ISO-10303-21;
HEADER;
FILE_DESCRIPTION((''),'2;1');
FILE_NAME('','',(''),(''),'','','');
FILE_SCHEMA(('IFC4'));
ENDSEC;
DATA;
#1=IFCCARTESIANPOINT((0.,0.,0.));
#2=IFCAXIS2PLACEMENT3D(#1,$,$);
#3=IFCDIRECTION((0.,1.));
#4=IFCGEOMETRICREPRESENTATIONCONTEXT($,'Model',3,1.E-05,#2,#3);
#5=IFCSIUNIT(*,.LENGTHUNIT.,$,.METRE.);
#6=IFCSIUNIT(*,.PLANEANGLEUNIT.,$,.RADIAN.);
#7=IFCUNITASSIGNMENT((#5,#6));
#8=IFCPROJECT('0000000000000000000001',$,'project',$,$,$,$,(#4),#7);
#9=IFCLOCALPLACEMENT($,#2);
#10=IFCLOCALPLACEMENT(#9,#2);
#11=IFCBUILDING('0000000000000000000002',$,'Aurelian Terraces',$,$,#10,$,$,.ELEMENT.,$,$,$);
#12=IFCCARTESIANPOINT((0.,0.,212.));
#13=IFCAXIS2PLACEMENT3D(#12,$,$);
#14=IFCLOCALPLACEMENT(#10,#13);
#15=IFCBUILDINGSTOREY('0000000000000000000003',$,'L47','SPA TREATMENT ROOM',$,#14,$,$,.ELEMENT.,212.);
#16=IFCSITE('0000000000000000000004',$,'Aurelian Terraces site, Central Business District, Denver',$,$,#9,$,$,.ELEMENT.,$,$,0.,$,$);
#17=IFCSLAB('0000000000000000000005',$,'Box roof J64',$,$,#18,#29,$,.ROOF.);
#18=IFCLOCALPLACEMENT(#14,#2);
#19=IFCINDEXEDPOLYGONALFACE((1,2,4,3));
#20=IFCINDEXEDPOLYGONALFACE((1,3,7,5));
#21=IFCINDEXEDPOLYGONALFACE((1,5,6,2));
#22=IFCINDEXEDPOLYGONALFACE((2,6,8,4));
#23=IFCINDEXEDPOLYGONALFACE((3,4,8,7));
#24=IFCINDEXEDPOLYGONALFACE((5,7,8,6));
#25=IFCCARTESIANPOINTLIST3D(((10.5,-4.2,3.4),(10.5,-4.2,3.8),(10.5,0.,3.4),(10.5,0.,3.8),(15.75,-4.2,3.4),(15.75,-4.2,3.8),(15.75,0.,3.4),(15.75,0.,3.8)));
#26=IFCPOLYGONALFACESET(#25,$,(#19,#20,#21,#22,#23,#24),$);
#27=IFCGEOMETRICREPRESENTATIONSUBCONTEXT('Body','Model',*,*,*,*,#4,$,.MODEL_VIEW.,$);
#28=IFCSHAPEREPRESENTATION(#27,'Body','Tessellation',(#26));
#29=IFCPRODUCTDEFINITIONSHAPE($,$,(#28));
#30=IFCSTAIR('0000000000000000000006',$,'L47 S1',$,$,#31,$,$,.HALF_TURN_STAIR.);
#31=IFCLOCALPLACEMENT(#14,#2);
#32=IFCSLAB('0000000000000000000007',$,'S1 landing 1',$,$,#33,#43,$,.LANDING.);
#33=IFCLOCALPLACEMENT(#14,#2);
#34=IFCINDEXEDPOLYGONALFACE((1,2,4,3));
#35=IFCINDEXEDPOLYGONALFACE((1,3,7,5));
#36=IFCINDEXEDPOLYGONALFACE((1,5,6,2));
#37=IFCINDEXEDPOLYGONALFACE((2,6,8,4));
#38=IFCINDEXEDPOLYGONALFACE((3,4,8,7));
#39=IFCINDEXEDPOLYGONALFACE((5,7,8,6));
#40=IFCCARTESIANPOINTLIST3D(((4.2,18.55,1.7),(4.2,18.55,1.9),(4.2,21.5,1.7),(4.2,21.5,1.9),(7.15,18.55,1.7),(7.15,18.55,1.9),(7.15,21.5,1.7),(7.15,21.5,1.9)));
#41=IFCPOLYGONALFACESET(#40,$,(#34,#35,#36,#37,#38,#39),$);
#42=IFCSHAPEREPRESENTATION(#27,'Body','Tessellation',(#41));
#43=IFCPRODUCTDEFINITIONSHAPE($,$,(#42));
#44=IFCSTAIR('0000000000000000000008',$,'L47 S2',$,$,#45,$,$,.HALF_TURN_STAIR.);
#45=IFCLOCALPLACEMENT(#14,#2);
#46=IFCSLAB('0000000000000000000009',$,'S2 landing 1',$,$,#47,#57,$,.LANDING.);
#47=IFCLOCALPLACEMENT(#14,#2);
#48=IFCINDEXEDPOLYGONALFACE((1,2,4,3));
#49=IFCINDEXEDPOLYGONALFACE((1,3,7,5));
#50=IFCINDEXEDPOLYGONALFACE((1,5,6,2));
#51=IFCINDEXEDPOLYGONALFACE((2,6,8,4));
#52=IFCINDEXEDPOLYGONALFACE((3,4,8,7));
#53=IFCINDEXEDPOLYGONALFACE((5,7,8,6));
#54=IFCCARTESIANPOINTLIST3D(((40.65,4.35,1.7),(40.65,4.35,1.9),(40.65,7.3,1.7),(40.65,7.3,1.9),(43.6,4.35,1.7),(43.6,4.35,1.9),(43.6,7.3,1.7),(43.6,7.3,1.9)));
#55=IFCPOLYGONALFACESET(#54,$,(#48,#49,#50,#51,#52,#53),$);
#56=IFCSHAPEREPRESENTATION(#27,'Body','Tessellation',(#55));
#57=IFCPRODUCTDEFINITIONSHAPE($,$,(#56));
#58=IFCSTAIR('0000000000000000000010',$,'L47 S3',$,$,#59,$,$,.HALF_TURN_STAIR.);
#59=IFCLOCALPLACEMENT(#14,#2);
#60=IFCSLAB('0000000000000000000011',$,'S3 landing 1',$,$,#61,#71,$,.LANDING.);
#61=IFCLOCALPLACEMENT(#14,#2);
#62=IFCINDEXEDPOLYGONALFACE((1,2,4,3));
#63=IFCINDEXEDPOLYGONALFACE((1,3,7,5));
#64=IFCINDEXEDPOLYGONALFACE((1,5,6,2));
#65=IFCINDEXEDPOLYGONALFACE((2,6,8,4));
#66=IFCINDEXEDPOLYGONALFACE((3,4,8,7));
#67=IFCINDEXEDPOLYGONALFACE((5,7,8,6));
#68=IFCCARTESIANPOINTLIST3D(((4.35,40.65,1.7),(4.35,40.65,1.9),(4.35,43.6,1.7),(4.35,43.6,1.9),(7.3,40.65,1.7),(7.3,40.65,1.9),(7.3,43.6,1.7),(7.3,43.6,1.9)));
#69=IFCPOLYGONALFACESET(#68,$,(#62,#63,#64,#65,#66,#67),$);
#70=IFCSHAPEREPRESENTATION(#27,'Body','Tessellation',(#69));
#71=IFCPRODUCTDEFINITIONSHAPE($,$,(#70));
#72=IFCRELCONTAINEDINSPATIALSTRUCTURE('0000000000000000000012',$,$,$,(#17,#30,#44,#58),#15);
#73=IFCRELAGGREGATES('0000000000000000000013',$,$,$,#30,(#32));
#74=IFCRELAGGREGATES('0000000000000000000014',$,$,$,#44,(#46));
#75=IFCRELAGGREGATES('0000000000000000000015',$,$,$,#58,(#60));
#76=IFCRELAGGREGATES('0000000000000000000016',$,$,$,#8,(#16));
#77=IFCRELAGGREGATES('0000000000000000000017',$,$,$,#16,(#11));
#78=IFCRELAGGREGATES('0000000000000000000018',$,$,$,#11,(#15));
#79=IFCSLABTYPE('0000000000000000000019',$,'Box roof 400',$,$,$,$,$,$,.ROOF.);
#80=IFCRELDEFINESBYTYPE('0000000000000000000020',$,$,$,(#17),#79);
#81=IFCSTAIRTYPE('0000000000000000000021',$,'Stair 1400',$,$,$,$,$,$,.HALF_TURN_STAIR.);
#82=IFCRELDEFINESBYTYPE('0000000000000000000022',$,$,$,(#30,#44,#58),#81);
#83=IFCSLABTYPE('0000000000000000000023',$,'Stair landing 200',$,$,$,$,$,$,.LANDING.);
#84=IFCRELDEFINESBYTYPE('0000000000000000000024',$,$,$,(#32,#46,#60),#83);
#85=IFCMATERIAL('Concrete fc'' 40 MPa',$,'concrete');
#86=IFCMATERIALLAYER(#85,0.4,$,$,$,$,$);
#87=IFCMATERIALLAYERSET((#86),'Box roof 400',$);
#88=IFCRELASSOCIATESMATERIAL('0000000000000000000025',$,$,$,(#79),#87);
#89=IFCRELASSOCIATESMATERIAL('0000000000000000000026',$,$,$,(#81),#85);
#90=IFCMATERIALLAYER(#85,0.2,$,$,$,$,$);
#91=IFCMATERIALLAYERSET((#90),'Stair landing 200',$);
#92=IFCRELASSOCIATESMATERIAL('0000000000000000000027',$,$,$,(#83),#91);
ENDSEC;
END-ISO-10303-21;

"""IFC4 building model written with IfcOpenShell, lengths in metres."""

from ifc_helpers import new_model, si_unit, direction, frame, origin, place, context, subcontext, project, spatial, polyline, outline, extrude, source, transform, mapped, material, layer, layer_set, type_object, element, aggregate, save


model = new_model("IFC4")

# Units and contexts
model_context = context("Model", 3, precision=1e-05, world=origin(), true_north=direction((0.0, 1.0)))
body_context = subcontext(model_context, "Body", "Model", "MODEL_VIEW")
ifc_project = project(units=[si_unit("LENGTHUNIT", "METRE"), si_unit("PLANEANGLEUNIT", "RADIAN")], contexts=[model_context])

# Site, building, storey
site_placement = place(None, origin())
site = spatial("IfcSite", under=ifc_project, at=site_placement, Name="Aurelian Terraces site, Central Business District, Denver", CompositionType="ELEMENT", RefElevation=0.0)
building_placement = place(site_placement, origin())
building = spatial("IfcBuilding", under=site, at=building_placement, Name="Aurelian Terraces", CompositionType="ELEMENT")
storey_placement = place(building_placement, frame((0.0, 0.0, 212.0)))
storey = spatial("IfcBuildingStorey", under=building, at=storey_placement, Name="L47", Description="SPA TREATMENT ROOM", CompositionType="ELEMENT", Elevation=212.0)

# Slab
ifc_material = material(Name="Concrete fc' 40 MPa", Category="concrete")
ifc_layer_1 = layer(ifc_material, 0.4)
ifc_layer_set_1 = layer_set([ifc_layer_1], Name="Box roof 400")
slab_type_1 = type_object("IfcSlabType", Name="Box roof 400", PredefinedType="ROOF", material=ifc_layer_set_1)
shared_shape_1 = source(origin(), body_context, "Body", "SweptSolid", [
    extrude(outline(polyline([(10.5, -4.2), (15.75, -4.2), (15.75, 0.0), (10.5, 0.0), (10.5, -4.2)])), origin(), (0.0, 0.0, 1.0), 0.4),
])
slab_1_placement = place(storey_placement, frame((0.0, 0.0, 3.4)))
element("IfcSlab", 1, at=slab_1_placement, inside=storey, type_object=slab_type_1, Name="Box roof J64", PredefinedType="ROOF", context=body_context, shape_type="MappedRepresentation", body=[
    mapped(shared_shape_1, transform((0.0, 0.0, 0.0), scale=1.0)),
])

# Stairs, slabs
stair_type = type_object("IfcStairType", Name="Stair 1400", PredefinedType="HALF_TURN_STAIR", material=ifc_material)
stair_1_placement = place(storey_placement, origin())
stair_1 = element("IfcStair", 2, at=stair_1_placement, inside=storey, type_object=stair_type, Name="L47 S1", PredefinedType="HALF_TURN_STAIR")
ifc_layer_2 = layer(ifc_material, 0.2)
ifc_layer_set_2 = layer_set([ifc_layer_2], Name="Stair landing 200")
slab_type_2 = type_object("IfcSlabType", Name="Stair landing 200", PredefinedType="LANDING", material=ifc_layer_set_2)
shared_shape_2 = source(origin(), body_context, "Body", "SweptSolid", [
    extrude(outline(polyline([(7.15, 18.55), (7.15, 21.5), (4.2, 21.5), (4.2, 18.55), (7.15, 18.55)])), origin(), (0.0, 0.0, 1.0), 0.2),
])
slab_2_placement = place(storey_placement, frame((0.0, 0.0, 1.7)))
slab_2 = element("IfcSlab", 3, at=slab_2_placement, type_object=slab_type_2, Name="S1 landing 1", PredefinedType="LANDING", context=body_context, shape_type="MappedRepresentation", body=[
    mapped(shared_shape_2, transform((0.0, 0.0, 0.0), scale=1.0)),
])
aggregate(stair_1, [slab_2])
stair_2_placement = place(storey_placement, origin())
stair_2 = element("IfcStair", 4, at=stair_2_placement, inside=storey, type_object=stair_type, Name="L47 S2", PredefinedType="HALF_TURN_STAIR")
shared_shape_3 = source(origin(), body_context, "Body", "SweptSolid", [
    extrude(outline(polyline([(43.6, 4.35), (43.6, 7.3), (40.65, 7.3), (40.65, 4.35), (43.6, 4.35)])), origin(), (0.0, 0.0, 1.0), 0.2),
])
slab_3_placement = place(storey_placement, frame((0.0, 0.0, 1.7)))
slab_3 = element("IfcSlab", 5, at=slab_3_placement, type_object=slab_type_2, Name="S2 landing 1", PredefinedType="LANDING", context=body_context, shape_type="MappedRepresentation", body=[
    mapped(shared_shape_3, transform((0.0, 0.0, 0.0), scale=1.0)),
])
aggregate(stair_2, [slab_3])
stair_3_placement = place(storey_placement, origin())
stair_3 = element("IfcStair", 6, at=stair_3_placement, inside=storey, type_object=stair_type, Name="L47 S3", PredefinedType="HALF_TURN_STAIR")
shared_shape_4 = source(origin(), body_context, "Body", "SweptSolid", [
    extrude(outline(polyline([(4.35, 40.65), (7.3, 40.65), (7.3, 43.6), (4.35, 43.6), (4.35, 40.65)])), origin(), (0.0, 0.0, 1.0), 0.2),
])
slab_4_placement = place(storey_placement, frame((0.0, 0.0, 1.7)))
slab_4 = element("IfcSlab", 7, at=slab_4_placement, type_object=slab_type_2, Name="S3 landing 1", PredefinedType="LANDING", context=body_context, shape_type="MappedRepresentation", body=[
    mapped(shared_shape_4, transform((0.0, 0.0, 0.0), scale=1.0)),
])
aggregate(stair_3, [slab_4])

save(model, "model.ifc")
